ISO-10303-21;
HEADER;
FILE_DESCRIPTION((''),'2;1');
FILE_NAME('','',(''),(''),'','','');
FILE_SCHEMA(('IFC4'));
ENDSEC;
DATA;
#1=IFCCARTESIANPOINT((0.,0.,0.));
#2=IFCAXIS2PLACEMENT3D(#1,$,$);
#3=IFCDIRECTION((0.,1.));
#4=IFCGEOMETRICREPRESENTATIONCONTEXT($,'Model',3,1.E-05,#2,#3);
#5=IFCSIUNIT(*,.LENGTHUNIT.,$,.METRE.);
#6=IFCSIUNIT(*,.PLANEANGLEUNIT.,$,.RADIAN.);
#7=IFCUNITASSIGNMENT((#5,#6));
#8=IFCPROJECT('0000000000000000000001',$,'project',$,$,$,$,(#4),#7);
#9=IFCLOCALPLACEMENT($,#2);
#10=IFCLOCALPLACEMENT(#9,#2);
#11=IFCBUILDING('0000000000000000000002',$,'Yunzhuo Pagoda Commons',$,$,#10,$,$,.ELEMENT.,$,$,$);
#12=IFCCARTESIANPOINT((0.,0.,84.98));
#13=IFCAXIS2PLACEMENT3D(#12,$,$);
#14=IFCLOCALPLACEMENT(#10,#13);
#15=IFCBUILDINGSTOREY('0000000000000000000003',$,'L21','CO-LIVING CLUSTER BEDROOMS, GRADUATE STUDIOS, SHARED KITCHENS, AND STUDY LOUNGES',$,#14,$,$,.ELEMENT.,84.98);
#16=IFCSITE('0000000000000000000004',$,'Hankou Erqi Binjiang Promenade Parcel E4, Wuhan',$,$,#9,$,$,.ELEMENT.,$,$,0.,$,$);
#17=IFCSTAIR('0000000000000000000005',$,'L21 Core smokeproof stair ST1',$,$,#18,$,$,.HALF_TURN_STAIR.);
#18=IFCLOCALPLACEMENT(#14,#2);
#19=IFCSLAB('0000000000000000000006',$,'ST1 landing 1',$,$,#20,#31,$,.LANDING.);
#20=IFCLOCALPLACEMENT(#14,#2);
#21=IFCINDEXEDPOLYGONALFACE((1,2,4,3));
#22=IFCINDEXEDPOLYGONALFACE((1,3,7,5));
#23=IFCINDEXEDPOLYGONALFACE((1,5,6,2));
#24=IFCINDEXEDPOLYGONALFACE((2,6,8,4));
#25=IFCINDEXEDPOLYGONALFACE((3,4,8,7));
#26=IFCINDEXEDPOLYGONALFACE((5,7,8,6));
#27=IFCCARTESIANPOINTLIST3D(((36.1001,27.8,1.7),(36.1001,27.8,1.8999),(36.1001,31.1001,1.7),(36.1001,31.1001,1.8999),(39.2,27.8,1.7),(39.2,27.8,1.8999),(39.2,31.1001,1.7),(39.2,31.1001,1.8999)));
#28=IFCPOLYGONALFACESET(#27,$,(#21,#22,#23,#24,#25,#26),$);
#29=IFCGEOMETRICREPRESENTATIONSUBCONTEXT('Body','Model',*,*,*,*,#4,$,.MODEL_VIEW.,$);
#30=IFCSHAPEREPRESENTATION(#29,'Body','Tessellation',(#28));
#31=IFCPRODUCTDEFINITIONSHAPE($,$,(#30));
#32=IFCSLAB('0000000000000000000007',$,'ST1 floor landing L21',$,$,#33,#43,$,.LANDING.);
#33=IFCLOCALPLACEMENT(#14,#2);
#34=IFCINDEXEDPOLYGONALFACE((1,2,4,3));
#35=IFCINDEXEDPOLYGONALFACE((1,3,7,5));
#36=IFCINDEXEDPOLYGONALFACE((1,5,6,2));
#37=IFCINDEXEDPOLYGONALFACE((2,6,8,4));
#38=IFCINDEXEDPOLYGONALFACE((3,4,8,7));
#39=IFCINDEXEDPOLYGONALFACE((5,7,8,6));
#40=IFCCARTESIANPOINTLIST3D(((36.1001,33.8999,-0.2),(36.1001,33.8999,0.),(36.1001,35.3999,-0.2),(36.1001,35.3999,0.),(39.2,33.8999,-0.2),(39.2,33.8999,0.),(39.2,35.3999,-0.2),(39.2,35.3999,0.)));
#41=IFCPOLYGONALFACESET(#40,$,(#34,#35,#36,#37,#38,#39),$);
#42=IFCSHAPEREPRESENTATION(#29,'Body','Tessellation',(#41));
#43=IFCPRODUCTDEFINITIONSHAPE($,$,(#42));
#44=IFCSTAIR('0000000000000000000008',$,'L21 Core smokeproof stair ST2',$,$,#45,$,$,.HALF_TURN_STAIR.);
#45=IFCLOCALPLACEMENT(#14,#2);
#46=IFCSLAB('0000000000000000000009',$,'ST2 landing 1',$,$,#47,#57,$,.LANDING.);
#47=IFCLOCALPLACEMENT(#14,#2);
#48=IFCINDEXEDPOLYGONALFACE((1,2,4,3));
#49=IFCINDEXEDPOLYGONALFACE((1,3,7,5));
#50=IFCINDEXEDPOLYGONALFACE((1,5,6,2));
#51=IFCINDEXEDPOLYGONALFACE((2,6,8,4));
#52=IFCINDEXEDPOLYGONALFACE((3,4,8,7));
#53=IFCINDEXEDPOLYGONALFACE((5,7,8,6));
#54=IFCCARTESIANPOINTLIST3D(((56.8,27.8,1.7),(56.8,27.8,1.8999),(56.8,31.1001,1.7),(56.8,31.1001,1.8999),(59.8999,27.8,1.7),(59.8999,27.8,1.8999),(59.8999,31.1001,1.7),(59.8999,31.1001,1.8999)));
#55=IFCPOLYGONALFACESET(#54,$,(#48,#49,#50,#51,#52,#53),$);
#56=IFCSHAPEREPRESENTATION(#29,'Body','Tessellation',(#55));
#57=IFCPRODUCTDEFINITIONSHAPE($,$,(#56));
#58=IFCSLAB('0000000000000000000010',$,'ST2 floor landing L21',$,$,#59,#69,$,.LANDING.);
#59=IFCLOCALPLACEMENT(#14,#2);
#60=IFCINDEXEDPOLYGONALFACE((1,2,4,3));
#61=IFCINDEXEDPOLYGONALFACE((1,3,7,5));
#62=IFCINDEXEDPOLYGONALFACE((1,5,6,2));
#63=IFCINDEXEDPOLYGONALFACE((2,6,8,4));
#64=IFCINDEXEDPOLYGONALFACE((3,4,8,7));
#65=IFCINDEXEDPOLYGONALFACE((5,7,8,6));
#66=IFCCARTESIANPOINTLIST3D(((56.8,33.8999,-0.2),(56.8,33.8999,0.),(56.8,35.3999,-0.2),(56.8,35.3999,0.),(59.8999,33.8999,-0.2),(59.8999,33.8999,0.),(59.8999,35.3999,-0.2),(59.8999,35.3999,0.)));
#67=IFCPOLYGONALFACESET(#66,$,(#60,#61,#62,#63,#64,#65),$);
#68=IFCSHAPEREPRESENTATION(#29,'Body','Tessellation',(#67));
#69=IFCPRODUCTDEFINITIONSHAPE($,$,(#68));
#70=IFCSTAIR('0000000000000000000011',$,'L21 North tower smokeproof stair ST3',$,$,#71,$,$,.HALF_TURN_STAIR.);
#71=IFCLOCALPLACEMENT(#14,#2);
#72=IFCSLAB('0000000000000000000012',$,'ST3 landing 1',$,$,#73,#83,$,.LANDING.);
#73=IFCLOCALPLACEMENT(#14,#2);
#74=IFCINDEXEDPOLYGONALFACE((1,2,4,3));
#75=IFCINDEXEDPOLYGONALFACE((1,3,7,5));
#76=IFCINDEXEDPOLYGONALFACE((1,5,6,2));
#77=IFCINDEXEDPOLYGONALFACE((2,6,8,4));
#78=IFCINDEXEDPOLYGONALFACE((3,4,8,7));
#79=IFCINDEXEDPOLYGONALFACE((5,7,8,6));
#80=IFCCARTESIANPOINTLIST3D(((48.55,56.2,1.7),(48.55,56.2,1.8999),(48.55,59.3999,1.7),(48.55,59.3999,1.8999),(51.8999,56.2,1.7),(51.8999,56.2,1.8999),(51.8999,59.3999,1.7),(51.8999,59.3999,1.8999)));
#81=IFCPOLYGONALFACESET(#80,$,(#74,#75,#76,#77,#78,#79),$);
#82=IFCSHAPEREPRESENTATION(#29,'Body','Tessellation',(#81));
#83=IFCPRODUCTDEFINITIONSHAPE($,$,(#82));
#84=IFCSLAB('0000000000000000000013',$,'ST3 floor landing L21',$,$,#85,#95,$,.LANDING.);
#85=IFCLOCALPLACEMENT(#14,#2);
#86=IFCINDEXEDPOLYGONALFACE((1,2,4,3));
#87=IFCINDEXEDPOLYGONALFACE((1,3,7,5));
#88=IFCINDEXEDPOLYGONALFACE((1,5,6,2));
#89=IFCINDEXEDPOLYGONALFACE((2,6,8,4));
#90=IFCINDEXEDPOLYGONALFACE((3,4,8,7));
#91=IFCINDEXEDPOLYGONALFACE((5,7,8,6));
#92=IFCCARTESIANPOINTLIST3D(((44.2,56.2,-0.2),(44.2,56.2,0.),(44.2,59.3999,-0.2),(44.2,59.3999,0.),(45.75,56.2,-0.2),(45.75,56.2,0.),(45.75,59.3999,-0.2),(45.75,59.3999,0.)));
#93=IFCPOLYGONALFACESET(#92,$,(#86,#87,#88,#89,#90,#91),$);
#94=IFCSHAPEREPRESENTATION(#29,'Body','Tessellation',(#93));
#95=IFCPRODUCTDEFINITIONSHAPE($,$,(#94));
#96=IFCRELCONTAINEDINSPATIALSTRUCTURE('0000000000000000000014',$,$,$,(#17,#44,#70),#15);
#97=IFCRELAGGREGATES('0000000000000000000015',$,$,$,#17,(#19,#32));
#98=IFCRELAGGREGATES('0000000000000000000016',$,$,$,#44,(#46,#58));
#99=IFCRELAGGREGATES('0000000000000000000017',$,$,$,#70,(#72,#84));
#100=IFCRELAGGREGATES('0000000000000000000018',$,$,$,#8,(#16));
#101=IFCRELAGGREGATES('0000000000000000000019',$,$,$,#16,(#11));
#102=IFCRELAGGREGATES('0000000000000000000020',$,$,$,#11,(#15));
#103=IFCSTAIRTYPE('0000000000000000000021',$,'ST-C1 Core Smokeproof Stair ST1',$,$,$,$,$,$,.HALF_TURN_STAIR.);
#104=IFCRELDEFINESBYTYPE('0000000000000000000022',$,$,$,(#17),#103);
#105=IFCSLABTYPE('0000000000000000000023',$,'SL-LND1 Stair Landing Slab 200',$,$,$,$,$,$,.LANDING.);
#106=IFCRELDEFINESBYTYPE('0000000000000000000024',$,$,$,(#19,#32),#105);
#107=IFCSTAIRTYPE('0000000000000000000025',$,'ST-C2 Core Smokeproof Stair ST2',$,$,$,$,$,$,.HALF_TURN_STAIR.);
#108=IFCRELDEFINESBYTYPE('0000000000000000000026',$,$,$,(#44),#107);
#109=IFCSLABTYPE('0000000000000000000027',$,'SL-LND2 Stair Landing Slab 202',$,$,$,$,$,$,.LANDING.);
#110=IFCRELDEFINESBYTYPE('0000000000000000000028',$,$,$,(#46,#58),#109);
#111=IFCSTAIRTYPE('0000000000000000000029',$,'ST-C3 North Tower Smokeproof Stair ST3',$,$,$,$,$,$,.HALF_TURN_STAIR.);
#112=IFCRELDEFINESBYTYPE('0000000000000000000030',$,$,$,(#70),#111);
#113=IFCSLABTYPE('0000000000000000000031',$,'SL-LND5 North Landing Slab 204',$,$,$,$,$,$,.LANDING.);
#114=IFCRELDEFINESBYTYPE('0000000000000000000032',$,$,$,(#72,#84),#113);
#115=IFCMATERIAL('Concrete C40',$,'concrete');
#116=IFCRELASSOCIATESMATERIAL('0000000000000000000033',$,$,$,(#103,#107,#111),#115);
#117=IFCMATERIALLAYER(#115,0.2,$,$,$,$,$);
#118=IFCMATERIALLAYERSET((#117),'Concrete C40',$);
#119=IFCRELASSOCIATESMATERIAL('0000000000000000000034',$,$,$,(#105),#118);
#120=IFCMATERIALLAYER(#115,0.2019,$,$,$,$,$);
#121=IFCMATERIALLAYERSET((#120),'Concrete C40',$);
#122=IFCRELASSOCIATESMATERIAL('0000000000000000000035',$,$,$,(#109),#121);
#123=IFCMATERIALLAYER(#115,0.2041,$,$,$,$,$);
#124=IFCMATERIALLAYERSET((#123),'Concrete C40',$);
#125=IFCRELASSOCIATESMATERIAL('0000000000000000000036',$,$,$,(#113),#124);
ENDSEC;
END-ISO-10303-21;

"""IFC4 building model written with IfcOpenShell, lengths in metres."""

from ifc_helpers import new_model, si_unit, direction, frame, origin, place, context, subcontext, project, spatial, polyline, outline, extrude, material, layer, layer_set, type_object, element, aggregate, save


model = new_model("IFC4")

# Units and contexts
model_context = context("Model", 3, precision=1e-05, world=origin(), true_north=direction((0.0, 1.0)))
body_context = subcontext(model_context, "Body", "Model", "MODEL_VIEW")
ifc_project = project(units=[si_unit("LENGTHUNIT", "METRE"), si_unit("PLANEANGLEUNIT", "RADIAN")], contexts=[model_context])

# Site, building, storey
site_placement = place(None, origin())
site = spatial("IfcSite", under=ifc_project, at=site_placement, Name="Hankou Erqi Binjiang Promenade Parcel E4, Wuhan", CompositionType="ELEMENT", RefElevation=0.0)
building_placement = place(site_placement, origin())
building = spatial("IfcBuilding", under=site, at=building_placement, Name="Yunzhuo Pagoda Commons", CompositionType="ELEMENT")
storey_placement = place(building_placement, frame((0.0, 0.0, 84.98)))
storey = spatial("IfcBuildingStorey", under=building, at=storey_placement, Name="L21", Description="CO-LIVING CLUSTER BEDROOMS, GRADUATE STUDIOS, SHARED KITCHENS, AND STUDY LOUNGES", CompositionType="ELEMENT", Elevation=84.98)

# Shared definitions
ifc_material_1 = material(Name="Concrete C40", Category="concrete")

# Stairs, slabs
stair_type_1 = type_object("IfcStairType", Name="ST-C1 Core Smokeproof Stair ST1", PredefinedType="HALF_TURN_STAIR", material=ifc_material_1)
stair_1_placement = place(storey_placement, origin())
stair_1 = element("IfcStair", 1, at=stair_1_placement, inside=storey, type_object=stair_type_1, Name="L21 Core smokeproof stair ST1", PredefinedType="HALF_TURN_STAIR")
ifc_layer_1 = layer(ifc_material_1, 0.2)
ifc_layer_set_1 = layer_set([ifc_layer_1], Name="Concrete C40")
slab_type_1 = type_object("IfcSlabType", Name="SL-LND1 Stair Landing Slab 200", PredefinedType="LANDING", material=ifc_layer_set_1)
slab_1_placement = place(storey_placement, frame((0.0, 0.0, 1.7)))
slab_1 = element("IfcSlab", 2, at=slab_1_placement, type_object=slab_type_1, Name="ST1 landing 1", PredefinedType="LANDING", context=body_context, shape_type="SweptSolid", body=[
    extrude(outline(polyline([(36.1001, 31.1001), (36.1001, 27.8), (39.2, 27.8), (39.2, 31.1001), (36.1001, 31.1001)])), origin(), (0.0, 0.0, 1.0), 0.2),
])
slab_2_placement = place(storey_placement, frame((0.0, 0.0, -0.2)))
slab_2 = element("IfcSlab", 3, at=slab_2_placement, type_object=slab_type_1, Name="ST1 floor landing L21", PredefinedType="LANDING", context=body_context, shape_type="SweptSolid", body=[
    extrude(outline(polyline([(36.1001, 35.3999), (36.1001, 33.8999), (39.2, 33.8999), (39.2, 35.3999), (36.1001, 35.3999)])), origin(), (0.0, 0.0, 1.0), 0.2),
])
aggregate(stair_1, [slab_1, slab_2])
stair_type_2 = type_object("IfcStairType", Name="ST-C2 Core Smokeproof Stair ST2", PredefinedType="HALF_TURN_STAIR", material=ifc_material_1)
stair_2_placement = place(storey_placement, origin())
stair_2 = element("IfcStair", 4, at=stair_2_placement, inside=storey, type_object=stair_type_2, Name="L21 Core smokeproof stair ST2", PredefinedType="HALF_TURN_STAIR")
ifc_layer_2 = layer(ifc_material_1, 0.2019)
ifc_layer_set_2 = layer_set([ifc_layer_2], Name="Concrete C40")
slab_type_2 = type_object("IfcSlabType", Name="SL-LND2 Stair Landing Slab 202", PredefinedType="LANDING", material=ifc_layer_set_2)
slab_3_placement = place(storey_placement, frame((0.0, 0.0, 1.7)))
slab_3 = element("IfcSlab", 5, at=slab_3_placement, type_object=slab_type_2, Name="ST2 landing 1", PredefinedType="LANDING", context=body_context, shape_type="SweptSolid", body=[
    extrude(outline(polyline([(56.8, 31.1001), (56.8, 27.8), (59.8999, 27.8), (59.8999, 31.1001), (56.8, 31.1001)])), origin(), (0.0, 0.0, 1.0), 0.2),
])
slab_4_placement = place(storey_placement, frame((0.0, 0.0, -0.2)))
slab_4 = element("IfcSlab", 6, at=slab_4_placement, type_object=slab_type_2, Name="ST2 floor landing L21", PredefinedType="LANDING", context=body_context, shape_type="SweptSolid", body=[
    extrude(outline(polyline([(56.8, 35.3999), (56.8, 33.8999), (59.8999, 33.8999), (59.8999, 35.3999), (56.8, 35.3999)])), origin(), (0.0, 0.0, 1.0), 0.2),
])
aggregate(stair_2, [slab_3, slab_4])
stair_type_3 = type_object("IfcStairType", Name="ST-C3 North Tower Smokeproof Stair ST3", PredefinedType="HALF_TURN_STAIR", material=ifc_material_1)
stair_3_placement = place(storey_placement, origin())
stair_3 = element("IfcStair", 7, at=stair_3_placement, inside=storey, type_object=stair_type_3, Name="L21 North tower smokeproof stair ST3", PredefinedType="HALF_TURN_STAIR")
ifc_layer_3 = layer(ifc_material_1, 0.2041)
ifc_layer_set_3 = layer_set([ifc_layer_3], Name="Concrete C40")
slab_type_3 = type_object("IfcSlabType", Name="SL-LND5 North Landing Slab 204", PredefinedType="LANDING", material=ifc_layer_set_3)
slab_5_placement = place(storey_placement, frame((0.0, 0.0, 1.7)))
slab_5 = element("IfcSlab", 8, at=slab_5_placement, type_object=slab_type_3, Name="ST3 landing 1", PredefinedType="LANDING", context=body_context, shape_type="SweptSolid", body=[
    extrude(outline(polyline([(48.55, 56.2), (51.8999, 56.2), (51.8999, 59.3999), (48.55, 59.3999), (48.55, 56.2)])), origin(), (0.0, 0.0, 1.0), 0.2),
])
slab_6_placement = place(storey_placement, frame((0.0, 0.0, -0.2)))
slab_6 = element("IfcSlab", 9, at=slab_6_placement, type_object=slab_type_3, Name="ST3 floor landing L21", PredefinedType="LANDING", context=body_context, shape_type="SweptSolid", body=[
    extrude(outline(polyline([(44.2, 56.2), (45.75, 56.2), (45.75, 59.3999), (44.2, 59.3999), (44.2, 56.2)])), origin(), (0.0, 0.0, 1.0), 0.2),
])
aggregate(stair_3, [slab_5, slab_6])

save(model, "model.ifc")
